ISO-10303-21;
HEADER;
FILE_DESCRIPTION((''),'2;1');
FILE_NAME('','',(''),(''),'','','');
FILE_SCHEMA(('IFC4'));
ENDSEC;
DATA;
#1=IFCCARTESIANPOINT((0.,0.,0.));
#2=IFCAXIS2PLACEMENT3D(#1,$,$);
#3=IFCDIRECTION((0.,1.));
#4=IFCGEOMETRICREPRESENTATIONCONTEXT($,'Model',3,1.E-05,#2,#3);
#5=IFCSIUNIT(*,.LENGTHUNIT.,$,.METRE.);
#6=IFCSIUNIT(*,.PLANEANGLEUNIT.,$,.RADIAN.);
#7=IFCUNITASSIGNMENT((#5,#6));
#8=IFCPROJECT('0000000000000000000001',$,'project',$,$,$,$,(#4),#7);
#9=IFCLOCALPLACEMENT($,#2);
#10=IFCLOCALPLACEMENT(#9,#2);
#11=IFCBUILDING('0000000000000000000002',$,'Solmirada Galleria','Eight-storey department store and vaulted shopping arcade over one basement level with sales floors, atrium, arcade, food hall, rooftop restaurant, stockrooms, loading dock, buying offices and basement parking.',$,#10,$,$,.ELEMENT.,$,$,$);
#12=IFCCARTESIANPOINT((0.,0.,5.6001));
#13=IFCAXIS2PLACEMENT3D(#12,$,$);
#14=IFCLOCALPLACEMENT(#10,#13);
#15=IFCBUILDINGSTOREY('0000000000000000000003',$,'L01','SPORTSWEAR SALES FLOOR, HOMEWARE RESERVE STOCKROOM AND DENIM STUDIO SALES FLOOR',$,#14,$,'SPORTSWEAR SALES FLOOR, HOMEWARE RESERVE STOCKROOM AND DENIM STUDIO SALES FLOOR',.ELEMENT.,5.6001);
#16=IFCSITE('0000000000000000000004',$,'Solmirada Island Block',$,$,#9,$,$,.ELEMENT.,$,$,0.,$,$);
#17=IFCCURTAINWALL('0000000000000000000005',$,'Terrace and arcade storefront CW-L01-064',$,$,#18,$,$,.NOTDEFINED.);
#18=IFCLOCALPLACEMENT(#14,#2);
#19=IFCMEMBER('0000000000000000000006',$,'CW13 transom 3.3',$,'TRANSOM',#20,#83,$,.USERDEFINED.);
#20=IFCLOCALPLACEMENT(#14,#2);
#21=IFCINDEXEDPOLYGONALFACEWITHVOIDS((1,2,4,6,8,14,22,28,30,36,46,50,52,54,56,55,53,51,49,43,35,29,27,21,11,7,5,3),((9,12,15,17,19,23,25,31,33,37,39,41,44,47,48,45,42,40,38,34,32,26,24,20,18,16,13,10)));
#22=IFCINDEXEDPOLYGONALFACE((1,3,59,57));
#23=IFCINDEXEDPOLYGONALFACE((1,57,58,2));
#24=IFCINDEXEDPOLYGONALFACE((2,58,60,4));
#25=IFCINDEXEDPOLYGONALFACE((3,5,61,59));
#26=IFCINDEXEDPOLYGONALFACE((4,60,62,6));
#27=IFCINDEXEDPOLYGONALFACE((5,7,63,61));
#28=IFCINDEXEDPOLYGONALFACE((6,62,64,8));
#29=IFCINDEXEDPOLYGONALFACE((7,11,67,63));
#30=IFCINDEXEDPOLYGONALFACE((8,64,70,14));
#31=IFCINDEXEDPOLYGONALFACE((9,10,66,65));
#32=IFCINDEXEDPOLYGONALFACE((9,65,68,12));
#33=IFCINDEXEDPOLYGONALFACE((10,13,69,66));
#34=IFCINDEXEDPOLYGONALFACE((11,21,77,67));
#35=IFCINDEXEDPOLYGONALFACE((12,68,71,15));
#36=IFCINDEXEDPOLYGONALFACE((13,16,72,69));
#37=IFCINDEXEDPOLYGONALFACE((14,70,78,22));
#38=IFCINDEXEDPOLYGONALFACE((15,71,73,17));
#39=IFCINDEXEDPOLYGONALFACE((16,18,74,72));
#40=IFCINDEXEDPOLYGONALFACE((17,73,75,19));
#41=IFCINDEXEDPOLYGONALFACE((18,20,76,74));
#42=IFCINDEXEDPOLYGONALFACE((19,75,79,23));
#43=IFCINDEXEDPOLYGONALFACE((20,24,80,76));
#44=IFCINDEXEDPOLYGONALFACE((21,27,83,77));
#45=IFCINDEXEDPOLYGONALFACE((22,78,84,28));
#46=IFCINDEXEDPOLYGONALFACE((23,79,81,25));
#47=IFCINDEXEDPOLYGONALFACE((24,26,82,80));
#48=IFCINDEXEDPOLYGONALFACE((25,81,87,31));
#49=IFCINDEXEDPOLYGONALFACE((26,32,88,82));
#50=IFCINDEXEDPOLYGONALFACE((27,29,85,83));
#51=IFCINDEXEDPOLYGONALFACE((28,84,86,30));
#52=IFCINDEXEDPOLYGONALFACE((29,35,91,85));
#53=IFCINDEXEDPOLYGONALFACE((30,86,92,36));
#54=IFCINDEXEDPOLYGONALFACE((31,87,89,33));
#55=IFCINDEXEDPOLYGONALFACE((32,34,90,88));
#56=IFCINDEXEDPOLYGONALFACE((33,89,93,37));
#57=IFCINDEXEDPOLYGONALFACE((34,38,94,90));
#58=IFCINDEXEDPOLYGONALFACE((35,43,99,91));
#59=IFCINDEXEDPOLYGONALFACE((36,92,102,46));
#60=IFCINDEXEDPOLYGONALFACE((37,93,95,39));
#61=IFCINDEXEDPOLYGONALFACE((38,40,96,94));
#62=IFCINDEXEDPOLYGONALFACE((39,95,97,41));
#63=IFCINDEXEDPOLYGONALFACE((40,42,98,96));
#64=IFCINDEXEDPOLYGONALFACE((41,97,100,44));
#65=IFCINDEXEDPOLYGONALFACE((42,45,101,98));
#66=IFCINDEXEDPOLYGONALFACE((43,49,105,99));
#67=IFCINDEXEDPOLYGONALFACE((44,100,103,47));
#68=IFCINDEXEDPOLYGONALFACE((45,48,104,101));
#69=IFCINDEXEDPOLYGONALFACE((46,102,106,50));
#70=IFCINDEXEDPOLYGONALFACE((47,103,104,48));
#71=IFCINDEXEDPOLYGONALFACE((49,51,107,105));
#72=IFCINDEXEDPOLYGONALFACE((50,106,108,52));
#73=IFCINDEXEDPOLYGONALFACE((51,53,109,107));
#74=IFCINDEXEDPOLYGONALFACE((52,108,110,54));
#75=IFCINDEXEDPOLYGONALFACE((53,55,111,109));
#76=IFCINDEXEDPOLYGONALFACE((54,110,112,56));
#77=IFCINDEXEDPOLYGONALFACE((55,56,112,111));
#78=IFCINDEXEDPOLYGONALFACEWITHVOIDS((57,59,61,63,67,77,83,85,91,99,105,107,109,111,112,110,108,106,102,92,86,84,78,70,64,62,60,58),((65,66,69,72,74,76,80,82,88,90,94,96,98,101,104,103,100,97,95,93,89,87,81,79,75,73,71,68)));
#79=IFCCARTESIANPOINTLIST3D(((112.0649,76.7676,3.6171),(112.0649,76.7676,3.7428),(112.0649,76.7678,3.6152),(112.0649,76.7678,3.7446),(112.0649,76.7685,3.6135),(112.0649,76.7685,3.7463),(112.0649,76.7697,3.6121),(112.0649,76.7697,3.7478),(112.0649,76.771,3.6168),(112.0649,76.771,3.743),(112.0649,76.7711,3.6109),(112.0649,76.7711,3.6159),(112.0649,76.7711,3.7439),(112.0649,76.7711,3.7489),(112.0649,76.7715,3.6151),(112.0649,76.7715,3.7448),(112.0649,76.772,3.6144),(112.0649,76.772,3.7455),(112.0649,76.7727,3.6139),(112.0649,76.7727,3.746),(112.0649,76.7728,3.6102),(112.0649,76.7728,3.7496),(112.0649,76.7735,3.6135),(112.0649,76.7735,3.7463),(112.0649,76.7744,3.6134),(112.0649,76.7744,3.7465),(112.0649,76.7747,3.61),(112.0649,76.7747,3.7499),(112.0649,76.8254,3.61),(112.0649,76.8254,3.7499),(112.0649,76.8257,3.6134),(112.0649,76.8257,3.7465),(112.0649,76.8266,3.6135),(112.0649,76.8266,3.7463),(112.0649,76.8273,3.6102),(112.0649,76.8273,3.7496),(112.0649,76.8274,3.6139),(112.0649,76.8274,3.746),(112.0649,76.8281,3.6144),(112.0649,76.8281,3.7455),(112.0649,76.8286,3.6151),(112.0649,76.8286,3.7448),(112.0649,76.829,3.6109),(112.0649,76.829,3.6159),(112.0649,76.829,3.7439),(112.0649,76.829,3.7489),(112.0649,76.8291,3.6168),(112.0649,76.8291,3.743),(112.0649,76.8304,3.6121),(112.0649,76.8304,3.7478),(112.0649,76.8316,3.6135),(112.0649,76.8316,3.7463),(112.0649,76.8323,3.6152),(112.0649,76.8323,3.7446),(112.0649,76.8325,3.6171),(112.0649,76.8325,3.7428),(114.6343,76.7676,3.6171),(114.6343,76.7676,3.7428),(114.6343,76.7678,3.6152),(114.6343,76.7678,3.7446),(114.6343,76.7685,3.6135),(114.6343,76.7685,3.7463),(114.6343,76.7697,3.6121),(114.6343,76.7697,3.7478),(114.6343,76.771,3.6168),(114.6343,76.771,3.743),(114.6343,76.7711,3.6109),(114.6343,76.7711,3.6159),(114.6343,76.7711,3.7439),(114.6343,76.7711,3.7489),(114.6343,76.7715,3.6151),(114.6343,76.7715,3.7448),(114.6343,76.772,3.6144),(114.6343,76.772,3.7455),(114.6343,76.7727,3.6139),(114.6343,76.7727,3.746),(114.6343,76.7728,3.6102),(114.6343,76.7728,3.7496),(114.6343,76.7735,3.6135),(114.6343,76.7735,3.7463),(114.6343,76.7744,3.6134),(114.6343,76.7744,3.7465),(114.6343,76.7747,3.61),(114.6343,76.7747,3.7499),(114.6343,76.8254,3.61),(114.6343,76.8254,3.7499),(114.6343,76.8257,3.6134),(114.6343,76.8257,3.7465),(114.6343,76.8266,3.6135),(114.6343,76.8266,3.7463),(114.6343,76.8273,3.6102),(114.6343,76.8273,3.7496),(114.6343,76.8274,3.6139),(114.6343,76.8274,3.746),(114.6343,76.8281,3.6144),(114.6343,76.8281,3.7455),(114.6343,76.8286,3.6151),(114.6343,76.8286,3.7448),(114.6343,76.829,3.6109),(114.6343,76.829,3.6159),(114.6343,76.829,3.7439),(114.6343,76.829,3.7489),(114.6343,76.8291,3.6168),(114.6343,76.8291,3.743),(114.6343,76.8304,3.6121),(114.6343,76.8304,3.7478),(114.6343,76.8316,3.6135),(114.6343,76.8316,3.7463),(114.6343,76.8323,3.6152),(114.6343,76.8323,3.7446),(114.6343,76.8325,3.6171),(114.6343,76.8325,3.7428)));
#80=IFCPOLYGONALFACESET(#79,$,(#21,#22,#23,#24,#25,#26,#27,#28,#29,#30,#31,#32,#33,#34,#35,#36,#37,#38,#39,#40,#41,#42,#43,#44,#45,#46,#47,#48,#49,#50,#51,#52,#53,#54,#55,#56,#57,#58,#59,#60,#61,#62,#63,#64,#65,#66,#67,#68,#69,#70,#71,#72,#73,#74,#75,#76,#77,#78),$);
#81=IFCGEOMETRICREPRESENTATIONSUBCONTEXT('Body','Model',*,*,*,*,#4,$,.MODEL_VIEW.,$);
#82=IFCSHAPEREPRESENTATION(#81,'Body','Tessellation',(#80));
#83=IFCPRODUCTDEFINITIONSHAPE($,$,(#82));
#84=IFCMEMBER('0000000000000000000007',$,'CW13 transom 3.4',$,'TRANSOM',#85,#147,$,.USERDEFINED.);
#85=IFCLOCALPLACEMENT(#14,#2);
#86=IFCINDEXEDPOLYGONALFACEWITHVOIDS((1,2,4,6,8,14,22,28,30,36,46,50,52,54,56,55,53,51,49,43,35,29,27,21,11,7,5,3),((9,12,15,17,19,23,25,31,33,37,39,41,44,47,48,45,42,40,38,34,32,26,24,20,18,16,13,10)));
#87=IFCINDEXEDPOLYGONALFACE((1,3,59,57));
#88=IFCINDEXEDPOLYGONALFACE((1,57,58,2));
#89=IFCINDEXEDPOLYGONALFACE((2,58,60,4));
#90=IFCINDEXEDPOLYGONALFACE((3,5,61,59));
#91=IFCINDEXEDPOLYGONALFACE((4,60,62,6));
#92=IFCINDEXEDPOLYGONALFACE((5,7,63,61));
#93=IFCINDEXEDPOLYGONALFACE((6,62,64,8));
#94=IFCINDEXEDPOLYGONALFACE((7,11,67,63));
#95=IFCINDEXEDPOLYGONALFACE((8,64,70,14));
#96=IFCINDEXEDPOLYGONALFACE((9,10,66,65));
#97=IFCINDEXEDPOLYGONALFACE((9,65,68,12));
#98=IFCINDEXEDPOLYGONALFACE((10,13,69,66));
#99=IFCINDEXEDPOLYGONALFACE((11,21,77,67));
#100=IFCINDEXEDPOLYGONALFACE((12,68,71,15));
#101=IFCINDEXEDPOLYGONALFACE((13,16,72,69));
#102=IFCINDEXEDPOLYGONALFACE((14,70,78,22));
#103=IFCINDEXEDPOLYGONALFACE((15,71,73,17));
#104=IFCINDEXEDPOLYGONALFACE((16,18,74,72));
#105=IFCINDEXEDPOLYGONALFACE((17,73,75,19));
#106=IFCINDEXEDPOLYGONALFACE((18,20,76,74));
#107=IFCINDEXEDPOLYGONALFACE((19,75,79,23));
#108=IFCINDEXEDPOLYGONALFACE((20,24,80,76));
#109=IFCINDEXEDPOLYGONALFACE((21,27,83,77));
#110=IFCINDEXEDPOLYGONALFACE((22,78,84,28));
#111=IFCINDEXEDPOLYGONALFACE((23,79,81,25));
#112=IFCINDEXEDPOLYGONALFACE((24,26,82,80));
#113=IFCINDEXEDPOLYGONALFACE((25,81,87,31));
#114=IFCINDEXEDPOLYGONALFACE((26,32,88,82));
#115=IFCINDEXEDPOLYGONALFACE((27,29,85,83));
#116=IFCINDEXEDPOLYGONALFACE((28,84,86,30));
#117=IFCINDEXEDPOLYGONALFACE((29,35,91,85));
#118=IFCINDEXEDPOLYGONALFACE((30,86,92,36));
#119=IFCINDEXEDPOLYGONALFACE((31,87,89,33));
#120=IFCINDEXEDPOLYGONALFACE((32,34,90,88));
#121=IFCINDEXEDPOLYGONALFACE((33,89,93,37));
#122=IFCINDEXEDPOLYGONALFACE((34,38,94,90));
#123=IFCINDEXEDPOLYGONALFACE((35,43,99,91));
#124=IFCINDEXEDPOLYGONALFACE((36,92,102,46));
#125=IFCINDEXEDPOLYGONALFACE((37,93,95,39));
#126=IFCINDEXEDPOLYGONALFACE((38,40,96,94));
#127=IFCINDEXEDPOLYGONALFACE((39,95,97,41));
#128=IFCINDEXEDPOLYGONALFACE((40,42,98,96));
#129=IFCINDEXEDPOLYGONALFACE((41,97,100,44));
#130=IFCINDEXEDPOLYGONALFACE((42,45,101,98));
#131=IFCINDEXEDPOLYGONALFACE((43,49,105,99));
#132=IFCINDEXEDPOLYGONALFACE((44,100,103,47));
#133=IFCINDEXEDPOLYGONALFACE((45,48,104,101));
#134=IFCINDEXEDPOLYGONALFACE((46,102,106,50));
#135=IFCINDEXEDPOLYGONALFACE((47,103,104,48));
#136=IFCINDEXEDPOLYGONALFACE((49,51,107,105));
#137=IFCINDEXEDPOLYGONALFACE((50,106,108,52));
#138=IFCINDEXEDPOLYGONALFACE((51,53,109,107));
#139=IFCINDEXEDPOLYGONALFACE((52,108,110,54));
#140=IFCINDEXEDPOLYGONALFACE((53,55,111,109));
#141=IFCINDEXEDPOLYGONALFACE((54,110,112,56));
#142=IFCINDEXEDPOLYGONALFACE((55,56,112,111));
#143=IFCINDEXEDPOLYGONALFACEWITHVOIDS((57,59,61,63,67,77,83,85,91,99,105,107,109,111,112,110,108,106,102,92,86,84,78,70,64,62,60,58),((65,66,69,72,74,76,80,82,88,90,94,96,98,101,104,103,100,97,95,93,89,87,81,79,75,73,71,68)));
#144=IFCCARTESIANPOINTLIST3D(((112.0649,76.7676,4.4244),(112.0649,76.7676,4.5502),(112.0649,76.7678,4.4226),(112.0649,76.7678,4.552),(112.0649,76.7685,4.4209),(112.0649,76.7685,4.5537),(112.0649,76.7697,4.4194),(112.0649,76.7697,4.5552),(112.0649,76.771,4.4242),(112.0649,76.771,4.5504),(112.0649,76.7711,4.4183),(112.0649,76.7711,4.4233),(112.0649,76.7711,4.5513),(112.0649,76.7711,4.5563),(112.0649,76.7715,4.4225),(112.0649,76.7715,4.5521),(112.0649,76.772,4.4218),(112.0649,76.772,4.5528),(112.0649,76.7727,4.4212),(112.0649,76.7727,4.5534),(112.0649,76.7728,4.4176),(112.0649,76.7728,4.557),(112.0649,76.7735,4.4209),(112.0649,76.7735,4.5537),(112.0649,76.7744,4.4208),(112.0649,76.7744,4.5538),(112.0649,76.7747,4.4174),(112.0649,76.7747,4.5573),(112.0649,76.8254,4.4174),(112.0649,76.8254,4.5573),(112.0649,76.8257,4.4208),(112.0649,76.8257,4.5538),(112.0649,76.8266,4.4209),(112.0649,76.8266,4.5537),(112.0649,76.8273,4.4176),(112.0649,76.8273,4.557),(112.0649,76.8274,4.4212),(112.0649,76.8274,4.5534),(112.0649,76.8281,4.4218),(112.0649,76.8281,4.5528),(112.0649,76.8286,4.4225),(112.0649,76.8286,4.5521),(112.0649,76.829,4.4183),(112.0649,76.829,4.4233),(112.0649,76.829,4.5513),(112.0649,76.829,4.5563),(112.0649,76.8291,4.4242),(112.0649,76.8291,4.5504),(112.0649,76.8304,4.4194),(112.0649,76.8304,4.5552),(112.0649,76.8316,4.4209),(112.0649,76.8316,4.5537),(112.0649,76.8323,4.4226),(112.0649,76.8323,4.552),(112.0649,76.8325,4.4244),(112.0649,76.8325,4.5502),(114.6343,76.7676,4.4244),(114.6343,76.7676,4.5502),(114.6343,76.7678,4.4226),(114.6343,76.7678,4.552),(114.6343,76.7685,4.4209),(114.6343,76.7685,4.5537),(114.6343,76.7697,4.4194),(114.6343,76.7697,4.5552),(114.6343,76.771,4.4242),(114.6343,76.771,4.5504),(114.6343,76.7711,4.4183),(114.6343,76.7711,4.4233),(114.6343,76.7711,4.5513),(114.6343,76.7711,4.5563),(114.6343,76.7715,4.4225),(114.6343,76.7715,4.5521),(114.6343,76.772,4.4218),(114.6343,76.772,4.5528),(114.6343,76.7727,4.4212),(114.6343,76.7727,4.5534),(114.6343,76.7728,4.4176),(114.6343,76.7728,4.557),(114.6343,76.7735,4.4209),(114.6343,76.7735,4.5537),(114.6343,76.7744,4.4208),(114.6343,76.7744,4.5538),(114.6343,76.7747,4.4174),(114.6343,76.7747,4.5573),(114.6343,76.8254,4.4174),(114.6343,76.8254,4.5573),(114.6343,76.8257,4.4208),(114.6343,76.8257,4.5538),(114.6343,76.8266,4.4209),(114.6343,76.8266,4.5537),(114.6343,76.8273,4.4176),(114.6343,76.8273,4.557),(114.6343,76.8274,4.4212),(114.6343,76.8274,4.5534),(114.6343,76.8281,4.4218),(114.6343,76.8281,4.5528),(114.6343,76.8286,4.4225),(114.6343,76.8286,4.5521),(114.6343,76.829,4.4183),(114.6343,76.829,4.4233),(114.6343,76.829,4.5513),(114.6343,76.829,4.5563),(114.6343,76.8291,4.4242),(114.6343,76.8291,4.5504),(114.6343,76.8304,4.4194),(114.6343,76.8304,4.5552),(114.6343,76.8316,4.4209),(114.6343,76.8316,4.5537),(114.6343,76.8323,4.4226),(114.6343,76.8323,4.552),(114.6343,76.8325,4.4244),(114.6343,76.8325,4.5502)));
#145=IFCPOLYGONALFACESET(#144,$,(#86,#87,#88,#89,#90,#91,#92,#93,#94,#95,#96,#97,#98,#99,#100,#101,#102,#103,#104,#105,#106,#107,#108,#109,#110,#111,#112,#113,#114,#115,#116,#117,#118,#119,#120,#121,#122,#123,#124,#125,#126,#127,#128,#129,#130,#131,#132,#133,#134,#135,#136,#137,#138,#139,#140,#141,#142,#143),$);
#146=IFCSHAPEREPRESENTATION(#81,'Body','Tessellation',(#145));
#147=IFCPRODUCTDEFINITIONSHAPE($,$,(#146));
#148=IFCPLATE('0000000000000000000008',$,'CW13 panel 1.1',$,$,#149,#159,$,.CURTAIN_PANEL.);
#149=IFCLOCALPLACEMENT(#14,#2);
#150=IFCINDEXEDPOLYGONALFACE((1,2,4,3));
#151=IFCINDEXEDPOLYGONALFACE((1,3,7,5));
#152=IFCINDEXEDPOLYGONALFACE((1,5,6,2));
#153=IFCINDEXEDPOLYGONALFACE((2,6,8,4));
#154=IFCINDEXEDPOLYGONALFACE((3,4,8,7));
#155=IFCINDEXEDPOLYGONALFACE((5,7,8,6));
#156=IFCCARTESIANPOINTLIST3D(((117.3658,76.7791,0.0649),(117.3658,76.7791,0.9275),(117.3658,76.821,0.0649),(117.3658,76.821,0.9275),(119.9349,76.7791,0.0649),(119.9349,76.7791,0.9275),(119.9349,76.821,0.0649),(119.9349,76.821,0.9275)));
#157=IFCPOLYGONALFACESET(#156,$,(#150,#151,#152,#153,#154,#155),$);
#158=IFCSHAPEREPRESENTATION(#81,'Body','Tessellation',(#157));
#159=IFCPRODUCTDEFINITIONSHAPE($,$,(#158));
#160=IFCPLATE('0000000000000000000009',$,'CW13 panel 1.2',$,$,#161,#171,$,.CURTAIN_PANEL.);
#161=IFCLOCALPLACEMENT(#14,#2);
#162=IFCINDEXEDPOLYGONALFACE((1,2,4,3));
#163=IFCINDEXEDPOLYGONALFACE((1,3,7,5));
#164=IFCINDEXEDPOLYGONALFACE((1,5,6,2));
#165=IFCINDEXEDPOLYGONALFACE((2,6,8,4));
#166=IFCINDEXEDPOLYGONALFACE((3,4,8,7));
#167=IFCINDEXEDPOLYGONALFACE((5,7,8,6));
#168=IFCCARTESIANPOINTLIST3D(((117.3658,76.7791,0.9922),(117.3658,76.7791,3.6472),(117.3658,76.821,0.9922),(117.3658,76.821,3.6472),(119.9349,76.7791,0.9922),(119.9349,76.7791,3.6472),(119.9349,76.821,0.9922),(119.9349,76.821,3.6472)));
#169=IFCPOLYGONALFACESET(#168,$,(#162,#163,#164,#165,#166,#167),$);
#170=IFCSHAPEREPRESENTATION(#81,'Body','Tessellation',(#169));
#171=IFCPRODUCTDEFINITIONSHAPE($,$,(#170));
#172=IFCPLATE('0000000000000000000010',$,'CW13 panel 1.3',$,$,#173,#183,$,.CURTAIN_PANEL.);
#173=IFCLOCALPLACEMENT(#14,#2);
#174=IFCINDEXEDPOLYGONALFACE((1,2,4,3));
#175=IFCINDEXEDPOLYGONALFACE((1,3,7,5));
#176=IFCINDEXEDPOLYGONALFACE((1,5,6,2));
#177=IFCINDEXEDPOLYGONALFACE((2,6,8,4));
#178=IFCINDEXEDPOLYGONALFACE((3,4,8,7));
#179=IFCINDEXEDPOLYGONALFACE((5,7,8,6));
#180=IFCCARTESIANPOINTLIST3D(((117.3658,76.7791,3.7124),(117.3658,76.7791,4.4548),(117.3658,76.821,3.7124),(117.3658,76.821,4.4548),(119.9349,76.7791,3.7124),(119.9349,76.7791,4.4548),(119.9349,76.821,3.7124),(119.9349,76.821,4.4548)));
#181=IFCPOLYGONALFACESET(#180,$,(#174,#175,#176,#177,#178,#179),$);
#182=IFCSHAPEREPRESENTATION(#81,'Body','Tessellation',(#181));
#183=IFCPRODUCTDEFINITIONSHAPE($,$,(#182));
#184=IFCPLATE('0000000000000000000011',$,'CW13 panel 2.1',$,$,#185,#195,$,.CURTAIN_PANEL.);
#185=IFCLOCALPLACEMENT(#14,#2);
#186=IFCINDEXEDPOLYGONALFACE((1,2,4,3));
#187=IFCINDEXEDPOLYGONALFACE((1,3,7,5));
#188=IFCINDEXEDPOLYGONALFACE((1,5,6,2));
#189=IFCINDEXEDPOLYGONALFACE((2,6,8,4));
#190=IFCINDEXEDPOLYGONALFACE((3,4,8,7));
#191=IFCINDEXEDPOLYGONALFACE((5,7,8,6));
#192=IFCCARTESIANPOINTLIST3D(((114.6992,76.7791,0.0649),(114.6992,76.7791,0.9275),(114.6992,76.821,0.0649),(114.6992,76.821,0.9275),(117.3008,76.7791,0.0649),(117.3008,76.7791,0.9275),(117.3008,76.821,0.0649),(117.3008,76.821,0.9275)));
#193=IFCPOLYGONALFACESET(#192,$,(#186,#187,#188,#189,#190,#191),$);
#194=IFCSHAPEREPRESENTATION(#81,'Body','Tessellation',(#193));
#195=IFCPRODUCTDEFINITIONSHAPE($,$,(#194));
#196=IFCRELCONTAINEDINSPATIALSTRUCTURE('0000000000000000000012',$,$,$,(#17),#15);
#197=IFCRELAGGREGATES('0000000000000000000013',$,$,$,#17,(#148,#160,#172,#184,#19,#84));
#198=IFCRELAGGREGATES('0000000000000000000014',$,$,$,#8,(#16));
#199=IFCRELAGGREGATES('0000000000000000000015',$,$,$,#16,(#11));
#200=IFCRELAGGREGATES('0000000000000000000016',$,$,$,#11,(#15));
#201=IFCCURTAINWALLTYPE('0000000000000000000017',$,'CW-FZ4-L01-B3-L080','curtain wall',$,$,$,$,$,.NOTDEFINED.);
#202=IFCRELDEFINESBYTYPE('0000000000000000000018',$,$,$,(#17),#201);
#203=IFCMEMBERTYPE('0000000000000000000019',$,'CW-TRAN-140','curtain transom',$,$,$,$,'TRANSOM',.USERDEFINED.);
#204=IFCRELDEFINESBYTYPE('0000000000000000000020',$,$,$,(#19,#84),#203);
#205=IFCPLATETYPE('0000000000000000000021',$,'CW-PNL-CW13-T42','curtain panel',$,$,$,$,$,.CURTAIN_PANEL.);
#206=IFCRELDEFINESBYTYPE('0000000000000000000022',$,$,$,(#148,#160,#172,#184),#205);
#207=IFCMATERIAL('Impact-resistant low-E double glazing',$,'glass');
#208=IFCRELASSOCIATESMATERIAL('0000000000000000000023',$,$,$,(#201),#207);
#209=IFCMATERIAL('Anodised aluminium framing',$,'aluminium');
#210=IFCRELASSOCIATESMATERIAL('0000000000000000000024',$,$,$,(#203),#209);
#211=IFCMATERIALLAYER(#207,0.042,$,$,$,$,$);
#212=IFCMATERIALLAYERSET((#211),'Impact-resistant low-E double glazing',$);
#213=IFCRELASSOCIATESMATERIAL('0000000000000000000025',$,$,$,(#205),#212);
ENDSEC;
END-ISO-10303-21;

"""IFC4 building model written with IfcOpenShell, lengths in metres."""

from ifc_helpers import new_model, si_unit, direction, frame, origin, origin_2d, place, context, subcontext, project, spatial, rectangle, hollow_rectangle, extrude, material, layer, layer_set, material_profile, profile_set, type_object, element, aggregate, save


model = new_model("IFC4")

# Units and contexts
model_context = context("Model", 3, precision=1e-05, world=origin(), true_north=direction((0.0, 1.0)))
body_context = subcontext(model_context, "Body", "Model", "MODEL_VIEW")
ifc_project = project(units=[si_unit("LENGTHUNIT", "METRE"), si_unit("PLANEANGLEUNIT", "RADIAN")], contexts=[model_context])

# Site, building, storey
site_placement = place(None, origin())
site = spatial("IfcSite", under=ifc_project, at=site_placement, Name="Solmirada Island Block", CompositionType="ELEMENT", RefElevation=0.0)
building_placement = place(site_placement, origin())
building = spatial("IfcBuilding", under=site, at=building_placement, Name="Solmirada Galleria", Description="Eight-storey department store and vaulted shopping arcade over one basement level with sales floors, atrium, arcade, food hall, rooftop restaurant, stockrooms, loading dock, buying offices and basement parking.", CompositionType="ELEMENT")
storey_placement = place(building_placement, frame((0.0, 0.0, 5.6001)))
storey = spatial("IfcBuildingStorey", under=building, at=storey_placement, Name="L01", Description="SPORTSWEAR SALES FLOOR, HOMEWARE RESERVE STOCKROOM AND DENIM STUDIO SALES FLOOR", LongName="SPORTSWEAR SALES FLOOR, HOMEWARE RESERVE STOCKROOM AND DENIM STUDIO SALES FLOOR", CompositionType="ELEMENT", Elevation=5.6001)

# Curtain wall
ifc_material_1 = material(Name="Impact-resistant low-E double glazing", Category="glass")
curtain_wall_type_1 = type_object("IfcCurtainWallType", Name="CW-FZ4-L01-B3-L080", Description="curtain wall", PredefinedType="NOTDEFINED", material=ifc_material_1)
curtain_wall_1_placement = place(storey_placement, origin())
curtain_wall_1 = element("IfcCurtainWall", 1, at=curtain_wall_1_placement, inside=storey, type_object=curtain_wall_type_1, Name="Terrace and arcade storefront CW-L01-064", PredefinedType="NOTDEFINED")
ifc_material_2 = material(Name="Anodised aluminium framing", Category="aluminium")
ifc_material_profile_1 = material_profile(ifc_material_2, hollow_rectangle(XDim=0.0649, YDim=0.1399, WallThickness=0.0034, InnerFilletRadius=0.0034, OuterFilletRadius=0.0071, at=origin_2d()), Name="ALU-TRAN-140X65")
ifc_profile_set_1 = profile_set([ifc_material_profile_1], Name="Anodised aluminium framing")
member_type_1 = type_object("IfcMemberType", Name="CW-TRAN-140", Description="curtain transom", ElementType="TRANSOM", PredefinedType="USERDEFINED", material=ifc_profile_set_1)

# Members
member_1_placement = place(storey_placement, frame((114.6343, 76.8, 3.6799), z_axis=(-1.0, 0.0, 0.0), x_axis=(0.0, -1.0, 0.0)))
member_1 = element("IfcMember", 2, at=member_1_placement, type_object=member_type_1, Name="CW13 transom 3.3", ObjectType="TRANSOM", PredefinedType="USERDEFINED", context=body_context, shape_type="SweptSolid", body=[
    extrude(hollow_rectangle(XDim=0.0649, YDim=0.1399, WallThickness=0.0034, InnerFilletRadius=0.0034, OuterFilletRadius=0.0071, at=origin_2d()), origin(), (0.0, 0.0, 1.0), 2.5693),
])
member_2_placement = place(storey_placement, frame((114.6343, 76.8, 4.4873), z_axis=(-1.0, 0.0, 0.0), x_axis=(0.0, -1.0, 0.0)))
member_2 = element("IfcMember", 3, at=member_2_placement, type_object=member_type_1, Name="CW13 transom 3.4", ObjectType="TRANSOM", PredefinedType="USERDEFINED", context=body_context, shape_type="SweptSolid", body=[
    extrude(hollow_rectangle(XDim=0.0649, YDim=0.1399, WallThickness=0.0034, InnerFilletRadius=0.0034, OuterFilletRadius=0.0071, at=origin_2d()), origin(), (0.0, 0.0, 1.0), 2.5693),
])

# Plates
ifc_layer_1 = layer(ifc_material_1, 0.042)
ifc_layer_set_1 = layer_set([ifc_layer_1], Name="Impact-resistant low-E double glazing")
plate_type_1 = type_object("IfcPlateType", Name="CW-PNL-CW13-T42", Description="curtain panel", PredefinedType="CURTAIN_PANEL", material=ifc_layer_set_1)
plate_1_placement = place(storey_placement, frame((118.6504, 76.8, 0.0649), z_axis=(0.0, 0.0, 1.0), x_axis=(-1.0, 0.0, 0.0)))
plate_1 = element("IfcPlate", 4, at=plate_1_placement, type_object=plate_type_1, Name="CW13 panel 1.1", PredefinedType="CURTAIN_PANEL", context=body_context, shape_type="SweptSolid", body=[
    extrude(rectangle(XDim=2.5691, YDim=0.042, at=origin_2d()), origin(), (0.0, 0.0, 1.0), 0.8625),
])
plate_2_placement = place(storey_placement, frame((118.6504, 76.8, 0.9922), z_axis=(0.0, 0.0, 1.0), x_axis=(-1.0, 0.0, 0.0)))
plate_2 = element("IfcPlate", 5, at=plate_2_placement, type_object=plate_type_1, Name="CW13 panel 1.2", PredefinedType="CURTAIN_PANEL", context=body_context, shape_type="SweptSolid", body=[
    extrude(rectangle(XDim=2.5691, YDim=0.042, at=origin_2d()), origin(), (0.0, 0.0, 1.0), 2.655),
])
plate_3_placement = place(storey_placement, frame((118.6504, 76.8, 3.7124), z_axis=(0.0, 0.0, 1.0), x_axis=(-1.0, 0.0, 0.0)))
plate_3 = element("IfcPlate", 6, at=plate_3_placement, type_object=plate_type_1, Name="CW13 panel 1.3", PredefinedType="CURTAIN_PANEL", context=body_context, shape_type="SweptSolid", body=[
    extrude(rectangle(XDim=2.5691, YDim=0.042, at=origin_2d()), origin(), (0.0, 0.0, 1.0), 0.7424),
])
plate_4_placement = place(storey_placement, frame((116.0, 76.8, 0.0649), z_axis=(0.0, 0.0, 1.0), x_axis=(-1.0, 0.0, 0.0)))
plate_4 = element("IfcPlate", 7, at=plate_4_placement, type_object=plate_type_1, Name="CW13 panel 2.1", PredefinedType="CURTAIN_PANEL", context=body_context, shape_type="SweptSolid", body=[
    extrude(rectangle(XDim=2.6016, YDim=0.042, at=origin_2d()), origin(), (0.0, 0.0, 1.0), 0.8625),
])
aggregate(curtain_wall_1, [plate_1, plate_2, plate_3, plate_4, member_1, member_2])

save(model, "model.ifc")
